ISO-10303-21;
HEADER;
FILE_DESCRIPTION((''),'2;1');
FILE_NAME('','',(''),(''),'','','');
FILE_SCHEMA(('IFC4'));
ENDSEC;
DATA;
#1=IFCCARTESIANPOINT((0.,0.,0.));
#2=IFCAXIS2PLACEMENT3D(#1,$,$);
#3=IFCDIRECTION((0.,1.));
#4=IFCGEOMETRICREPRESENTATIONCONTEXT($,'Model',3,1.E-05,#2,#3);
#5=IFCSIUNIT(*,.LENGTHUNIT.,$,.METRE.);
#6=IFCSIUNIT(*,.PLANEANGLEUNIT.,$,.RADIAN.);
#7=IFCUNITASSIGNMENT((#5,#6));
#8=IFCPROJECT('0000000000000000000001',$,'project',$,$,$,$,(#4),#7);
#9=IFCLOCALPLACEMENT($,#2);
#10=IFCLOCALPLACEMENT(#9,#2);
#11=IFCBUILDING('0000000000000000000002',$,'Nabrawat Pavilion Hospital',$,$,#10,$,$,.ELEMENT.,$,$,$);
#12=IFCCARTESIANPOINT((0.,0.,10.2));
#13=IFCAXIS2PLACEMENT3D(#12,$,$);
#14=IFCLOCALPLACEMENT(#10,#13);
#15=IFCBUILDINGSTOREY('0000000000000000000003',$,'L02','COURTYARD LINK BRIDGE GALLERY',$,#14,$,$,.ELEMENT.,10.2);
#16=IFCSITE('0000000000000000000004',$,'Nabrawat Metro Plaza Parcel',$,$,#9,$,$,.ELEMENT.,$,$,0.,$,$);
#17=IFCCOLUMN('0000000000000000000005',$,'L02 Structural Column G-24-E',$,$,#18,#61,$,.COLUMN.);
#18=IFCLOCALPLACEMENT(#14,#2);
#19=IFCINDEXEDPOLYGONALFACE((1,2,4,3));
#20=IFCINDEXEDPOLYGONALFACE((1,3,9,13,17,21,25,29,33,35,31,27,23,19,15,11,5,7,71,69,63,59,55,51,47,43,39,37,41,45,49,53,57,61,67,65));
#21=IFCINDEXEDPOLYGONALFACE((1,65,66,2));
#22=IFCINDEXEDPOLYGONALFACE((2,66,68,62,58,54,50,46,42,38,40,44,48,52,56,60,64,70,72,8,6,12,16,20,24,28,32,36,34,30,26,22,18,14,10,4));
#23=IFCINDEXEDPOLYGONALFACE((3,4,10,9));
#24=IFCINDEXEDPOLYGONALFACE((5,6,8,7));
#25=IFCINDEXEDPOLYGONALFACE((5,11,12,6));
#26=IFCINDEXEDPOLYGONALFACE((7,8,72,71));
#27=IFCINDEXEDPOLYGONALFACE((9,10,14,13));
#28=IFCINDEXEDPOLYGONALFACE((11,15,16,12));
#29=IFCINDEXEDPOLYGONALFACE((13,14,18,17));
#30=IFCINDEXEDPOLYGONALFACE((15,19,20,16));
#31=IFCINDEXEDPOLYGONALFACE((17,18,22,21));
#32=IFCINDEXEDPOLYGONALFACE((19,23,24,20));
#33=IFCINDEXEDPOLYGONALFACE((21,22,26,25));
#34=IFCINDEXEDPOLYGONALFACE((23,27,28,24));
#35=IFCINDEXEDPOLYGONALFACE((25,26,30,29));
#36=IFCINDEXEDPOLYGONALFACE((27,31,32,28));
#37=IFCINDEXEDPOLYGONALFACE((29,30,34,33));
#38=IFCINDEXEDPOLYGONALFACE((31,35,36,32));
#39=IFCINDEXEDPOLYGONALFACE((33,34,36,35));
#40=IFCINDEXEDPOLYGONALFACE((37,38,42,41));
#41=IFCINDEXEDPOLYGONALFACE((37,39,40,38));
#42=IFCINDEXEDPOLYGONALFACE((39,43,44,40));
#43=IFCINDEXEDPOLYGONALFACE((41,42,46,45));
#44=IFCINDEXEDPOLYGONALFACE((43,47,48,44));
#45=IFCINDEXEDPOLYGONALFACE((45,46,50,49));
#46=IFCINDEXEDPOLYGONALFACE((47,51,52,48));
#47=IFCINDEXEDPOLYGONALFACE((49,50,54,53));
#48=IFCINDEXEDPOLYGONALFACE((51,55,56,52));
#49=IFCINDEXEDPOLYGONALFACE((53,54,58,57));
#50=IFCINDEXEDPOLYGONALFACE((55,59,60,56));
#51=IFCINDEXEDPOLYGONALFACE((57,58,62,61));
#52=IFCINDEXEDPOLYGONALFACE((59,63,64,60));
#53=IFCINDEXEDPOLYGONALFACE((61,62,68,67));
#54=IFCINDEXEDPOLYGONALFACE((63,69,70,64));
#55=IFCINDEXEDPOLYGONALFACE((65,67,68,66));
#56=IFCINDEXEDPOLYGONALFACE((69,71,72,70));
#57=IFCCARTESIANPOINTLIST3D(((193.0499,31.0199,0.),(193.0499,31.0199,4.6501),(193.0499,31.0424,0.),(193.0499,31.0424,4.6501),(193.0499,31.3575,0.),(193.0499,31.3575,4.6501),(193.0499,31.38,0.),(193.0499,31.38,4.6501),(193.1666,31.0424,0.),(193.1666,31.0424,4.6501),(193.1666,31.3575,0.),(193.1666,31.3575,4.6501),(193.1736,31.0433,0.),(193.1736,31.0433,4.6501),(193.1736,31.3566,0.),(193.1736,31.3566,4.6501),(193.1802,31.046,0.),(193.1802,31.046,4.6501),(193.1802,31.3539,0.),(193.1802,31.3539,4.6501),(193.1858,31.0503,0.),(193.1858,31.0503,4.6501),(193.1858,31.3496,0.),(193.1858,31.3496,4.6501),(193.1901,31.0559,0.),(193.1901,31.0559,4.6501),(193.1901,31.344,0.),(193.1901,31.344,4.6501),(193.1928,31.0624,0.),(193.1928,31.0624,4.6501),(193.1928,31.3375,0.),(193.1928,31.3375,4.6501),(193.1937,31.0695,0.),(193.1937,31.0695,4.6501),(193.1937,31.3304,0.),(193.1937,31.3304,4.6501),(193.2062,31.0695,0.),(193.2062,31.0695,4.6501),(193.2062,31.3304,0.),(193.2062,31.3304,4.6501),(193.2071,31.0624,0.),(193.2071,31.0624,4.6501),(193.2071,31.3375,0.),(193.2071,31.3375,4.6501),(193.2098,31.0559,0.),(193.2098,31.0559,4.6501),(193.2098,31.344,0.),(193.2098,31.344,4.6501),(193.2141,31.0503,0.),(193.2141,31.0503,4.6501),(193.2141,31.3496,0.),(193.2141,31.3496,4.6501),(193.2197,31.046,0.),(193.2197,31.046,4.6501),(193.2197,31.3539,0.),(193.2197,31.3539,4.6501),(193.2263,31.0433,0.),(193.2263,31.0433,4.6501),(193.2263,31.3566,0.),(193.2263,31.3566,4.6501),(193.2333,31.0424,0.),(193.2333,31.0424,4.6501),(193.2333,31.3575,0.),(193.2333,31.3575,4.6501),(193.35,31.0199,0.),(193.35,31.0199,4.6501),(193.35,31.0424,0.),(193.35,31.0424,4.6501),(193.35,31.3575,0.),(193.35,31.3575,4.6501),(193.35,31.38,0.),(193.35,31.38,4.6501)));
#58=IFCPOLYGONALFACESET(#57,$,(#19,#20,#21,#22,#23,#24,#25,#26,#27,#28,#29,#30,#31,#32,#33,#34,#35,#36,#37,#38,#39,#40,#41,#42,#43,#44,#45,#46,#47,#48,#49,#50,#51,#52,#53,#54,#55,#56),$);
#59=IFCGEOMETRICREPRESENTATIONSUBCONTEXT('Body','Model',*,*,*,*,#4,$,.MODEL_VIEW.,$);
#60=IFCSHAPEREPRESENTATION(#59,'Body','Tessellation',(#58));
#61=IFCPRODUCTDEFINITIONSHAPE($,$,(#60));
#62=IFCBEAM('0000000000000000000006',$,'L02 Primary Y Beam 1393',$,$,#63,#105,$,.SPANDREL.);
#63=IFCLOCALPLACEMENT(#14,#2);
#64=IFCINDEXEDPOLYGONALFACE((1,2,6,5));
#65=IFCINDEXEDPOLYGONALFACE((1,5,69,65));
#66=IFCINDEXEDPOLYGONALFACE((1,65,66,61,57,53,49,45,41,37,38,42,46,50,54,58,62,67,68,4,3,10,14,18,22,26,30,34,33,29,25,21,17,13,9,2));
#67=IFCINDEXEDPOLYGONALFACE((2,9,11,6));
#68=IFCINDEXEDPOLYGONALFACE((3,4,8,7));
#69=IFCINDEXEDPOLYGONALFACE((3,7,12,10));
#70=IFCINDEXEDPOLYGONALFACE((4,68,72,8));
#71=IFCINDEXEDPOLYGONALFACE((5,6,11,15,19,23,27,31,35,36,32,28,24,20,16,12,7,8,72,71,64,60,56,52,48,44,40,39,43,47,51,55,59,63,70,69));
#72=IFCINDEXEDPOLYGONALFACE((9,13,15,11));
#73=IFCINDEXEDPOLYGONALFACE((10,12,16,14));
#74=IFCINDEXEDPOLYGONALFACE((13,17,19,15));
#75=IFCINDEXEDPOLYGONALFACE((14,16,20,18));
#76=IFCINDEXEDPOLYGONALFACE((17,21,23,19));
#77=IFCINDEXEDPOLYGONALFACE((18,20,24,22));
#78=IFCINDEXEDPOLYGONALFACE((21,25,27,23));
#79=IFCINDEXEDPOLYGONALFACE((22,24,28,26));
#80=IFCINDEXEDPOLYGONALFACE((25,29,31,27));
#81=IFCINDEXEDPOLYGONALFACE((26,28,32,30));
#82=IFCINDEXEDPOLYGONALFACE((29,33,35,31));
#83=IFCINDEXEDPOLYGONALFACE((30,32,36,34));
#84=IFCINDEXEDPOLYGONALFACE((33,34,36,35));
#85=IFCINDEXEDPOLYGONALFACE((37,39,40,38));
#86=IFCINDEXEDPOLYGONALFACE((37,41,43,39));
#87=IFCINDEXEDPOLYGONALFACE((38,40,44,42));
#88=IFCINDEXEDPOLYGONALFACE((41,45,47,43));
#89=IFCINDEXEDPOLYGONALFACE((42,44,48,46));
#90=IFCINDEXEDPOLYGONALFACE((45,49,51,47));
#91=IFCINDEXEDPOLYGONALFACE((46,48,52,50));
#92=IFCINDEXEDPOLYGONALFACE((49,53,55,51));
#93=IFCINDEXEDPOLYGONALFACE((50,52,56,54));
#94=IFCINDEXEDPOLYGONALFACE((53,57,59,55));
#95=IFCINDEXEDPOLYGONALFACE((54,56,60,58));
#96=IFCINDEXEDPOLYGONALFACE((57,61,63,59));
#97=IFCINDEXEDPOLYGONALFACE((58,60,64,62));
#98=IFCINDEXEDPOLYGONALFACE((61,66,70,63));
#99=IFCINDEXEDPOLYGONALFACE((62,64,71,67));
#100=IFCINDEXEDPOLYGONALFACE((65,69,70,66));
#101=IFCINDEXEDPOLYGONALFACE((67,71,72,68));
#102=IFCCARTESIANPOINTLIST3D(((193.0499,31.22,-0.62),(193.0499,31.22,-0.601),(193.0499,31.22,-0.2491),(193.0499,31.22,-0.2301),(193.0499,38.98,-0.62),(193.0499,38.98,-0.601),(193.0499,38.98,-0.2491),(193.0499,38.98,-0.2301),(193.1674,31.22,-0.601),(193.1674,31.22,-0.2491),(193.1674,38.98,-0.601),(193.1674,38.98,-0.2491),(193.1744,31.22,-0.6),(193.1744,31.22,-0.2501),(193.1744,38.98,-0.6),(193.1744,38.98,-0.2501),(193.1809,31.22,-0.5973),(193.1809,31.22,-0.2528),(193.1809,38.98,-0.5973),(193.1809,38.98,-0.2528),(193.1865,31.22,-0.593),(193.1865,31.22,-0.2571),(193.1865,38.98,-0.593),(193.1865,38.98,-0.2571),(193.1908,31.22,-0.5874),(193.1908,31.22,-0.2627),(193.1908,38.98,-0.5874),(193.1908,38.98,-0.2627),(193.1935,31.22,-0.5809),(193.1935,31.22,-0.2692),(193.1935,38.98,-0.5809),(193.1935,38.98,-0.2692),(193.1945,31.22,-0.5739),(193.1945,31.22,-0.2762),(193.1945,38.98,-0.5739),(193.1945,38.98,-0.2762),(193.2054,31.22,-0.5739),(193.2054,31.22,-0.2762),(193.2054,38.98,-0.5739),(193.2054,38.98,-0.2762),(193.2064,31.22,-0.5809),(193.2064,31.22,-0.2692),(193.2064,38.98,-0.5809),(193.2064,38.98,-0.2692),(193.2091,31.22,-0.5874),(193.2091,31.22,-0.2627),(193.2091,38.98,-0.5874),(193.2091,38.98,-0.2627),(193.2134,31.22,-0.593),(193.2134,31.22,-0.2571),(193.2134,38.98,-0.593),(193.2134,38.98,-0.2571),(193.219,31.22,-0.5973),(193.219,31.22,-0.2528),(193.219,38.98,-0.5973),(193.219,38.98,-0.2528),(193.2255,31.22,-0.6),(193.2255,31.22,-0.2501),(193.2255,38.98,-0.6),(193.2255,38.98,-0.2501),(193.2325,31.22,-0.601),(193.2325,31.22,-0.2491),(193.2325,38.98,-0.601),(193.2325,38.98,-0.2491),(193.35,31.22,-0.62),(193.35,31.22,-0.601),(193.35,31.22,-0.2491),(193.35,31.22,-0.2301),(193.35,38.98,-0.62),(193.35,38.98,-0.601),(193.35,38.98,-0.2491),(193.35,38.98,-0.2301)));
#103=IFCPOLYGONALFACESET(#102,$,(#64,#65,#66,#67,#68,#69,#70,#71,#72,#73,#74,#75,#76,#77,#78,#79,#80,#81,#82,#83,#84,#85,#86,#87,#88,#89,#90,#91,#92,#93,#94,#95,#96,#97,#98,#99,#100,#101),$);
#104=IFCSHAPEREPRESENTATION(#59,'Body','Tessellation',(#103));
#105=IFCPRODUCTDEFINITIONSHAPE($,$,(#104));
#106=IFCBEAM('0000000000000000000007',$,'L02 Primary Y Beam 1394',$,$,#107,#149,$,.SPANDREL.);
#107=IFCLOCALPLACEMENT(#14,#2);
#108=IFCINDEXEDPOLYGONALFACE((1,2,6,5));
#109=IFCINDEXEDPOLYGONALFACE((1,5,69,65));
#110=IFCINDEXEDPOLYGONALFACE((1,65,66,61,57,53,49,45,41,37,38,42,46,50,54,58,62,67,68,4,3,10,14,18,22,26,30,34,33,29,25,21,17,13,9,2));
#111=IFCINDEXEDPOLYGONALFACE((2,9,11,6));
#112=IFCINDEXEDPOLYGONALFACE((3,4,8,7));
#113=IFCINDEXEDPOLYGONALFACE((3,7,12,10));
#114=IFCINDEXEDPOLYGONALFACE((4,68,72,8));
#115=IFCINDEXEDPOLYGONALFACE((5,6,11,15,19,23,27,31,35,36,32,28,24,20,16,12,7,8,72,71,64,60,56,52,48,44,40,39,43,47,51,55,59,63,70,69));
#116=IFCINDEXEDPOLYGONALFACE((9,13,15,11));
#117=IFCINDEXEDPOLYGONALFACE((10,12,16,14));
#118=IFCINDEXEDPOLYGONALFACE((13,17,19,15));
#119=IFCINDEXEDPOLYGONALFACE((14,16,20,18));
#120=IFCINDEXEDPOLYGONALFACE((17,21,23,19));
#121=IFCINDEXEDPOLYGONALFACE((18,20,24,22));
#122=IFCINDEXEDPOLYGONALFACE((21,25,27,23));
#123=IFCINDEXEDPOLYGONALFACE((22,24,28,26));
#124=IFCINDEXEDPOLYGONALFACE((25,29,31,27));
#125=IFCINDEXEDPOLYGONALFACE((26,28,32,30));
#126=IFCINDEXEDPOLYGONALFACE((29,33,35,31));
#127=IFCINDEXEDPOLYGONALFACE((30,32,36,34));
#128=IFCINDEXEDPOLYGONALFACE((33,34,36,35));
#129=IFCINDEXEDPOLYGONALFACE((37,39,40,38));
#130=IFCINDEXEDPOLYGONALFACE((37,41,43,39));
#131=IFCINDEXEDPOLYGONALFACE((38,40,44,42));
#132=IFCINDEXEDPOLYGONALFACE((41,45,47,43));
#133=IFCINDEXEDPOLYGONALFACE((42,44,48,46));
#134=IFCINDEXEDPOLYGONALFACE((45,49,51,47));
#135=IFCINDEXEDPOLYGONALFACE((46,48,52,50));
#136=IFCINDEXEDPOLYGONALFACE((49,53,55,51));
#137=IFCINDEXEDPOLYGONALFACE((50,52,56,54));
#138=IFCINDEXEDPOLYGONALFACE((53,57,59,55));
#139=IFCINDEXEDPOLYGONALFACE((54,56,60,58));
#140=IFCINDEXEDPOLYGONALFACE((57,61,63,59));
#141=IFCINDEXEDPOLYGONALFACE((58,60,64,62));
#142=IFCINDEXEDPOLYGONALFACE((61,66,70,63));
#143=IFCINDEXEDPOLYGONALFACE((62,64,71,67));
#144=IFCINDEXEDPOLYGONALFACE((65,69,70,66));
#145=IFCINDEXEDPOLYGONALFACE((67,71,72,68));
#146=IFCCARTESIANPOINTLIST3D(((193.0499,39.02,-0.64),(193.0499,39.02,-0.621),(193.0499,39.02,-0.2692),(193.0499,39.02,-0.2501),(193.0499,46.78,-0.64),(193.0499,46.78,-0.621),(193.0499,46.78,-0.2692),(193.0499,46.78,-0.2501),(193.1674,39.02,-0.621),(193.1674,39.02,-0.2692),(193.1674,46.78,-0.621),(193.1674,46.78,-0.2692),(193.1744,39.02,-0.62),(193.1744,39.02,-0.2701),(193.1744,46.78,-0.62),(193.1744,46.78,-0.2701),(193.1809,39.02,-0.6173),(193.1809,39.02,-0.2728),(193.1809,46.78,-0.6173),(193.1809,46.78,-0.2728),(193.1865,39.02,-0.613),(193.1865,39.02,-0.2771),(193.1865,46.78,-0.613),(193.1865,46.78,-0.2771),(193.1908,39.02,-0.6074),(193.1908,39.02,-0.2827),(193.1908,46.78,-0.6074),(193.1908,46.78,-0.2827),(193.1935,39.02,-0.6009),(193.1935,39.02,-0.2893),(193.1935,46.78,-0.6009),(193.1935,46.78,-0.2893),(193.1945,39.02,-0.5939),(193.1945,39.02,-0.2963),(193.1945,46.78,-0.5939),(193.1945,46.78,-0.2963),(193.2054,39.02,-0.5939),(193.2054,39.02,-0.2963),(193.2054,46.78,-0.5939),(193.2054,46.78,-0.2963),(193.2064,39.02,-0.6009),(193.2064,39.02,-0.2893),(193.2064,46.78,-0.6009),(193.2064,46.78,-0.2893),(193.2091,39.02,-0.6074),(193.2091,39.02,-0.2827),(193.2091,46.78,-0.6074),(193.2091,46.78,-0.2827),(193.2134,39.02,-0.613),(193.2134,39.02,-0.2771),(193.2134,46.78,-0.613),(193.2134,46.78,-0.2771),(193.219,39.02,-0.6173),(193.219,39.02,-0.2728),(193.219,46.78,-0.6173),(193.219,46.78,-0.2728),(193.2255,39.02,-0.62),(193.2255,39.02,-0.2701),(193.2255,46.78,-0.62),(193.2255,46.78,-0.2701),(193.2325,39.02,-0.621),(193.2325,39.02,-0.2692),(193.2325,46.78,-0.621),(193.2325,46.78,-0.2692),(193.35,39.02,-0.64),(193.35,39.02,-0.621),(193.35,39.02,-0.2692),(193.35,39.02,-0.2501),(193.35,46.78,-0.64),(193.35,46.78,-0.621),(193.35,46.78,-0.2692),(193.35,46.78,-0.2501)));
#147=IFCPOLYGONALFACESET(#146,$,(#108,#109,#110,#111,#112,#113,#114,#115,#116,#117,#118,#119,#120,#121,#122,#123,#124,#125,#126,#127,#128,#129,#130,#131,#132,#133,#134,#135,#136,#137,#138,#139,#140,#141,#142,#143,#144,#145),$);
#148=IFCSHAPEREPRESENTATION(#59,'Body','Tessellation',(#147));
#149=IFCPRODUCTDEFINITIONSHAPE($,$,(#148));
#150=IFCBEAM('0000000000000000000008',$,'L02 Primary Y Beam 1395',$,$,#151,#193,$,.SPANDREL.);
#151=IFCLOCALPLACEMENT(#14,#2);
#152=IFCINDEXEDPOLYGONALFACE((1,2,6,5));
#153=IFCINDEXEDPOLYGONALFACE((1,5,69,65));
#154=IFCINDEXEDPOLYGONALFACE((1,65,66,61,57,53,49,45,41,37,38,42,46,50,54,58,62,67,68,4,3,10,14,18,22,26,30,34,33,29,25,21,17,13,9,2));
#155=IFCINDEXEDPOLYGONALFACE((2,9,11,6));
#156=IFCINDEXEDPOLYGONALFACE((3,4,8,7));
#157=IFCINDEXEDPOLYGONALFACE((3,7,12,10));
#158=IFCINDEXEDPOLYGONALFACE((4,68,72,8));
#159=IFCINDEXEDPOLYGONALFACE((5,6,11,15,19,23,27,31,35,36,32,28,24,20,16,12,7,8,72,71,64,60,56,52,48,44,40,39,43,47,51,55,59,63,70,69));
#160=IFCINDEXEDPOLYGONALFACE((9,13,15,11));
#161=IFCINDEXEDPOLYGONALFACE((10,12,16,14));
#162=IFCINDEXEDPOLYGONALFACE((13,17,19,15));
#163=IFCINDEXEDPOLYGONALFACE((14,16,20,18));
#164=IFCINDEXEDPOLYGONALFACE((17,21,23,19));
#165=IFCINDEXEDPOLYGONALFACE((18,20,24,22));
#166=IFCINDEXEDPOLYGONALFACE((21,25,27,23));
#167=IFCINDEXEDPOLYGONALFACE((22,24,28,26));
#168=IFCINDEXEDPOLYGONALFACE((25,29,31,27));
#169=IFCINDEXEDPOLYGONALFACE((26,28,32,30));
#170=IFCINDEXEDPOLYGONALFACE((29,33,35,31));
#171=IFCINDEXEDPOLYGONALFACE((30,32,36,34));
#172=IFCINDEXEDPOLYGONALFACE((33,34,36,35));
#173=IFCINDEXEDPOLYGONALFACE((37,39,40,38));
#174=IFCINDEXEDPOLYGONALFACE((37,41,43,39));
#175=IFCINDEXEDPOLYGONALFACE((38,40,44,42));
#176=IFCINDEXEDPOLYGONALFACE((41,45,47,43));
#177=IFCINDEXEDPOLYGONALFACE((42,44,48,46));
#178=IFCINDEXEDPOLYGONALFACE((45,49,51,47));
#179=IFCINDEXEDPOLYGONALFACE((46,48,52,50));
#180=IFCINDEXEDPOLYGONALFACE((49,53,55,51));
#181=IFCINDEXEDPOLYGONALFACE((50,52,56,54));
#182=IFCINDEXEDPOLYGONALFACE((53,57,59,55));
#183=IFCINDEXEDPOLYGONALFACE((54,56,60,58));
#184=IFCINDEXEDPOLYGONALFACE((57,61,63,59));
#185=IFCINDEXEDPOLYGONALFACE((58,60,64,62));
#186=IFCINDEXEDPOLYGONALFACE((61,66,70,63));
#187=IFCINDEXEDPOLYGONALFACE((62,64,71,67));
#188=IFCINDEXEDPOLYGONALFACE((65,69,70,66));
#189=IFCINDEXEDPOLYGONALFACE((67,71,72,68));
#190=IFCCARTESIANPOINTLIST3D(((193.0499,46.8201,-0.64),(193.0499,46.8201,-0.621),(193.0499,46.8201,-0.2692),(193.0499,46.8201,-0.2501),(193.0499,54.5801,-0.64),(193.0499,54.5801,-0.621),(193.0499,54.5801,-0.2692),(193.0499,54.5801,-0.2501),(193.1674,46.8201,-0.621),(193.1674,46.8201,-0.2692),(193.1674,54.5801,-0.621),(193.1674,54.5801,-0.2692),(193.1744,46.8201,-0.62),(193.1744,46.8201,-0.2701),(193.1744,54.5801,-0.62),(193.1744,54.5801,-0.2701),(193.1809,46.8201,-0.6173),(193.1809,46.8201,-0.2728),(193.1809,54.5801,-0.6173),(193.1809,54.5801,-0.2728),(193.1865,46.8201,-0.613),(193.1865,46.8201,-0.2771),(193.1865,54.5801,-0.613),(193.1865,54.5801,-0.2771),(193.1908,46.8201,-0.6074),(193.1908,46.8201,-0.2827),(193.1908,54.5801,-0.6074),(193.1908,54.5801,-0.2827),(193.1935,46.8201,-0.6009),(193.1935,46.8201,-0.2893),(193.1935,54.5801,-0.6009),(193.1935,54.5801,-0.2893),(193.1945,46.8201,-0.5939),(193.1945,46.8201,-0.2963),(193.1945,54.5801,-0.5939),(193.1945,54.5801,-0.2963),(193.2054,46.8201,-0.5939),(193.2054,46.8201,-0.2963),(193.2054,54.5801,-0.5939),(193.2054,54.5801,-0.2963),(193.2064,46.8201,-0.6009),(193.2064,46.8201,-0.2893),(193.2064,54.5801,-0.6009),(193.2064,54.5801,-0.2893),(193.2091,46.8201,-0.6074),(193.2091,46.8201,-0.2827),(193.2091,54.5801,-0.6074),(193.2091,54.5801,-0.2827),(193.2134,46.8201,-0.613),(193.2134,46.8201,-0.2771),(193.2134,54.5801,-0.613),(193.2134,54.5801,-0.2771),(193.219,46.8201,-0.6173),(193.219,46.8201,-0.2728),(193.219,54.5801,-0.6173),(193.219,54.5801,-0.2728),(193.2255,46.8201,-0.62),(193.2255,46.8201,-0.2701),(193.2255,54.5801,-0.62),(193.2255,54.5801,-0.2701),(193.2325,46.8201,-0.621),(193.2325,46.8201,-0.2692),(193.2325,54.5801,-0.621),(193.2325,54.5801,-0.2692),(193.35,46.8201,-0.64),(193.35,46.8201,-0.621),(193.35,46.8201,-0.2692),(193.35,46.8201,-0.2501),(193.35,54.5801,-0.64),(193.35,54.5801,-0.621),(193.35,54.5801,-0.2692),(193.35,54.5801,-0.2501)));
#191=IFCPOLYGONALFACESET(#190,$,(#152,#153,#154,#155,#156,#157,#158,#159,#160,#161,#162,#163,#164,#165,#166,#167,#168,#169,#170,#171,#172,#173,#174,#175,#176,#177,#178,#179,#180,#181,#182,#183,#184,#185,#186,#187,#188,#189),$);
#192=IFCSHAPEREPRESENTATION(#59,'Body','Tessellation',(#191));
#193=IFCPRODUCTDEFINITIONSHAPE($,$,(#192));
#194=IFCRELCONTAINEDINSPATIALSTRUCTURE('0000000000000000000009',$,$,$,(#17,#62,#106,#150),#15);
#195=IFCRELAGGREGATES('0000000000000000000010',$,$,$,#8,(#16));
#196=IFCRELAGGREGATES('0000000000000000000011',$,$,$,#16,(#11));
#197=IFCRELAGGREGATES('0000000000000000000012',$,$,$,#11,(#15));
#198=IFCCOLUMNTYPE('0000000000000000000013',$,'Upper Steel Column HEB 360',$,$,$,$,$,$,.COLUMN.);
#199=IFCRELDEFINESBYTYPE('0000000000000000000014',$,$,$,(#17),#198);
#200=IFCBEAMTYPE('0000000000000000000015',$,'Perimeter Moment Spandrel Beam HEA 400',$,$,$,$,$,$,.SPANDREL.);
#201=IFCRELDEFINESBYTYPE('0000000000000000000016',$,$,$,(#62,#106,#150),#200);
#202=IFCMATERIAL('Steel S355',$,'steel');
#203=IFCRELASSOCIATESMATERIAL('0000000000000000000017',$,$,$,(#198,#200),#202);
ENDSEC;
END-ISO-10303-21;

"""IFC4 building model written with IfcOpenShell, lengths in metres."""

from ifc_helpers import new_model, si_unit, direction, frame, origin, origin_2d, place, context, subcontext, project, spatial, i_section, extrude, material, material_profile, profile_set, type_object, element, save


model = new_model("IFC4")

# Units and contexts
model_context = context("Model", 3, precision=1e-05, world=origin(), true_north=direction((0.0, 1.0)))
body_context = subcontext(model_context, "Body", "Model", "MODEL_VIEW")
ifc_project = project(units=[si_unit("LENGTHUNIT", "METRE"), si_unit("PLANEANGLEUNIT", "RADIAN")], contexts=[model_context])

# Site, building, storey
site_placement = place(None, origin())
site = spatial("IfcSite", under=ifc_project, at=site_placement, Name="Nabrawat Metro Plaza Parcel", CompositionType="ELEMENT", RefElevation=0.0)
building_placement = place(site_placement, origin())
building = spatial("IfcBuilding", under=site, at=building_placement, Name="Nabrawat Pavilion Hospital", CompositionType="ELEMENT")
storey_placement = place(building_placement, frame((0.0, 0.0, 10.2)))
storey = spatial("IfcBuildingStorey", under=building, at=storey_placement, Name="L02", Description="COURTYARD LINK BRIDGE GALLERY", CompositionType="ELEMENT", Elevation=10.2)

# Column
ifc_material_1 = material(Name="Steel S355", Category="steel")
ifc_material_profile_1 = material_profile(ifc_material_1, i_section(OverallWidth=0.3, OverallDepth=0.3601, WebThickness=0.0125, FlangeThickness=0.0225, FilletRadius=0.0271, at=origin_2d()), Name="HEB 360")
ifc_profile_set_1 = profile_set([ifc_material_profile_1], Name="Steel S355")
column_type_1 = type_object("IfcColumnType", Name="Upper Steel Column HEB 360", PredefinedType="COLUMN", material=ifc_profile_set_1)
column_placement = place(storey_placement, frame((193.2, 31.2, 0.0), z_axis=(0.0, 0.0, 1.0), x_axis=(1.0, 0.0, 0.0)))
element("IfcColumn", 1, at=column_placement, inside=storey, type_object=column_type_1, Name="L02 Structural Column G-24-E", PredefinedType="COLUMN", context=body_context, shape_type="SweptSolid", body=[
    extrude(i_section(OverallWidth=0.3, OverallDepth=0.3601, WebThickness=0.0125, FlangeThickness=0.0225, FilletRadius=0.0271, at=origin_2d()), origin(), (0.0, 0.0, 1.0), 4.6501),
])

# Beams
ifc_material_profile_2 = material_profile(ifc_material_1, i_section(OverallWidth=0.3, OverallDepth=0.3899, WebThickness=0.011, FlangeThickness=0.019, FilletRadius=0.0271, at=origin_2d()), Name="HEA 400")
ifc_profile_set_2 = profile_set([ifc_material_profile_2], Name="Steel S355")
beam_type_1 = type_object("IfcBeamType", Name="Perimeter Moment Spandrel Beam HEA 400", PredefinedType="SPANDREL", material=ifc_profile_set_2)
for number, where, z_axis, x_axis, name in (
    (2, (193.2, 31.22, -0.425), (0.0, 1.0, 0.0), (-1.0, 0.0, 0.0), "L02 Primary Y Beam 1393"),
    (3, (193.2, 39.02, -0.4451), (0.0, 1.0, 0.0), (-1.0, 0.0, 0.0), "L02 Primary Y Beam 1394"),
    (4, (193.2, 46.8201, -0.4451), (0.0, 1.0, 0.0), (-1.0, 0.0, 0.0), "L02 Primary Y Beam 1395"),
):
    element("IfcBeam", number, at=place(storey_placement, frame(where, z_axis=z_axis, x_axis=x_axis)), inside=storey, type_object=beam_type_1, Name=name, PredefinedType="SPANDREL", context=body_context, shape_type="SweptSolid", body=[
        extrude(i_section(OverallWidth=0.3, OverallDepth=0.3899, WebThickness=0.011, FlangeThickness=0.019, FilletRadius=0.0271, at=origin_2d()), origin(), (0.0, 0.0, 1.0), 7.76),
    ])

save(model, "model.ifc")
